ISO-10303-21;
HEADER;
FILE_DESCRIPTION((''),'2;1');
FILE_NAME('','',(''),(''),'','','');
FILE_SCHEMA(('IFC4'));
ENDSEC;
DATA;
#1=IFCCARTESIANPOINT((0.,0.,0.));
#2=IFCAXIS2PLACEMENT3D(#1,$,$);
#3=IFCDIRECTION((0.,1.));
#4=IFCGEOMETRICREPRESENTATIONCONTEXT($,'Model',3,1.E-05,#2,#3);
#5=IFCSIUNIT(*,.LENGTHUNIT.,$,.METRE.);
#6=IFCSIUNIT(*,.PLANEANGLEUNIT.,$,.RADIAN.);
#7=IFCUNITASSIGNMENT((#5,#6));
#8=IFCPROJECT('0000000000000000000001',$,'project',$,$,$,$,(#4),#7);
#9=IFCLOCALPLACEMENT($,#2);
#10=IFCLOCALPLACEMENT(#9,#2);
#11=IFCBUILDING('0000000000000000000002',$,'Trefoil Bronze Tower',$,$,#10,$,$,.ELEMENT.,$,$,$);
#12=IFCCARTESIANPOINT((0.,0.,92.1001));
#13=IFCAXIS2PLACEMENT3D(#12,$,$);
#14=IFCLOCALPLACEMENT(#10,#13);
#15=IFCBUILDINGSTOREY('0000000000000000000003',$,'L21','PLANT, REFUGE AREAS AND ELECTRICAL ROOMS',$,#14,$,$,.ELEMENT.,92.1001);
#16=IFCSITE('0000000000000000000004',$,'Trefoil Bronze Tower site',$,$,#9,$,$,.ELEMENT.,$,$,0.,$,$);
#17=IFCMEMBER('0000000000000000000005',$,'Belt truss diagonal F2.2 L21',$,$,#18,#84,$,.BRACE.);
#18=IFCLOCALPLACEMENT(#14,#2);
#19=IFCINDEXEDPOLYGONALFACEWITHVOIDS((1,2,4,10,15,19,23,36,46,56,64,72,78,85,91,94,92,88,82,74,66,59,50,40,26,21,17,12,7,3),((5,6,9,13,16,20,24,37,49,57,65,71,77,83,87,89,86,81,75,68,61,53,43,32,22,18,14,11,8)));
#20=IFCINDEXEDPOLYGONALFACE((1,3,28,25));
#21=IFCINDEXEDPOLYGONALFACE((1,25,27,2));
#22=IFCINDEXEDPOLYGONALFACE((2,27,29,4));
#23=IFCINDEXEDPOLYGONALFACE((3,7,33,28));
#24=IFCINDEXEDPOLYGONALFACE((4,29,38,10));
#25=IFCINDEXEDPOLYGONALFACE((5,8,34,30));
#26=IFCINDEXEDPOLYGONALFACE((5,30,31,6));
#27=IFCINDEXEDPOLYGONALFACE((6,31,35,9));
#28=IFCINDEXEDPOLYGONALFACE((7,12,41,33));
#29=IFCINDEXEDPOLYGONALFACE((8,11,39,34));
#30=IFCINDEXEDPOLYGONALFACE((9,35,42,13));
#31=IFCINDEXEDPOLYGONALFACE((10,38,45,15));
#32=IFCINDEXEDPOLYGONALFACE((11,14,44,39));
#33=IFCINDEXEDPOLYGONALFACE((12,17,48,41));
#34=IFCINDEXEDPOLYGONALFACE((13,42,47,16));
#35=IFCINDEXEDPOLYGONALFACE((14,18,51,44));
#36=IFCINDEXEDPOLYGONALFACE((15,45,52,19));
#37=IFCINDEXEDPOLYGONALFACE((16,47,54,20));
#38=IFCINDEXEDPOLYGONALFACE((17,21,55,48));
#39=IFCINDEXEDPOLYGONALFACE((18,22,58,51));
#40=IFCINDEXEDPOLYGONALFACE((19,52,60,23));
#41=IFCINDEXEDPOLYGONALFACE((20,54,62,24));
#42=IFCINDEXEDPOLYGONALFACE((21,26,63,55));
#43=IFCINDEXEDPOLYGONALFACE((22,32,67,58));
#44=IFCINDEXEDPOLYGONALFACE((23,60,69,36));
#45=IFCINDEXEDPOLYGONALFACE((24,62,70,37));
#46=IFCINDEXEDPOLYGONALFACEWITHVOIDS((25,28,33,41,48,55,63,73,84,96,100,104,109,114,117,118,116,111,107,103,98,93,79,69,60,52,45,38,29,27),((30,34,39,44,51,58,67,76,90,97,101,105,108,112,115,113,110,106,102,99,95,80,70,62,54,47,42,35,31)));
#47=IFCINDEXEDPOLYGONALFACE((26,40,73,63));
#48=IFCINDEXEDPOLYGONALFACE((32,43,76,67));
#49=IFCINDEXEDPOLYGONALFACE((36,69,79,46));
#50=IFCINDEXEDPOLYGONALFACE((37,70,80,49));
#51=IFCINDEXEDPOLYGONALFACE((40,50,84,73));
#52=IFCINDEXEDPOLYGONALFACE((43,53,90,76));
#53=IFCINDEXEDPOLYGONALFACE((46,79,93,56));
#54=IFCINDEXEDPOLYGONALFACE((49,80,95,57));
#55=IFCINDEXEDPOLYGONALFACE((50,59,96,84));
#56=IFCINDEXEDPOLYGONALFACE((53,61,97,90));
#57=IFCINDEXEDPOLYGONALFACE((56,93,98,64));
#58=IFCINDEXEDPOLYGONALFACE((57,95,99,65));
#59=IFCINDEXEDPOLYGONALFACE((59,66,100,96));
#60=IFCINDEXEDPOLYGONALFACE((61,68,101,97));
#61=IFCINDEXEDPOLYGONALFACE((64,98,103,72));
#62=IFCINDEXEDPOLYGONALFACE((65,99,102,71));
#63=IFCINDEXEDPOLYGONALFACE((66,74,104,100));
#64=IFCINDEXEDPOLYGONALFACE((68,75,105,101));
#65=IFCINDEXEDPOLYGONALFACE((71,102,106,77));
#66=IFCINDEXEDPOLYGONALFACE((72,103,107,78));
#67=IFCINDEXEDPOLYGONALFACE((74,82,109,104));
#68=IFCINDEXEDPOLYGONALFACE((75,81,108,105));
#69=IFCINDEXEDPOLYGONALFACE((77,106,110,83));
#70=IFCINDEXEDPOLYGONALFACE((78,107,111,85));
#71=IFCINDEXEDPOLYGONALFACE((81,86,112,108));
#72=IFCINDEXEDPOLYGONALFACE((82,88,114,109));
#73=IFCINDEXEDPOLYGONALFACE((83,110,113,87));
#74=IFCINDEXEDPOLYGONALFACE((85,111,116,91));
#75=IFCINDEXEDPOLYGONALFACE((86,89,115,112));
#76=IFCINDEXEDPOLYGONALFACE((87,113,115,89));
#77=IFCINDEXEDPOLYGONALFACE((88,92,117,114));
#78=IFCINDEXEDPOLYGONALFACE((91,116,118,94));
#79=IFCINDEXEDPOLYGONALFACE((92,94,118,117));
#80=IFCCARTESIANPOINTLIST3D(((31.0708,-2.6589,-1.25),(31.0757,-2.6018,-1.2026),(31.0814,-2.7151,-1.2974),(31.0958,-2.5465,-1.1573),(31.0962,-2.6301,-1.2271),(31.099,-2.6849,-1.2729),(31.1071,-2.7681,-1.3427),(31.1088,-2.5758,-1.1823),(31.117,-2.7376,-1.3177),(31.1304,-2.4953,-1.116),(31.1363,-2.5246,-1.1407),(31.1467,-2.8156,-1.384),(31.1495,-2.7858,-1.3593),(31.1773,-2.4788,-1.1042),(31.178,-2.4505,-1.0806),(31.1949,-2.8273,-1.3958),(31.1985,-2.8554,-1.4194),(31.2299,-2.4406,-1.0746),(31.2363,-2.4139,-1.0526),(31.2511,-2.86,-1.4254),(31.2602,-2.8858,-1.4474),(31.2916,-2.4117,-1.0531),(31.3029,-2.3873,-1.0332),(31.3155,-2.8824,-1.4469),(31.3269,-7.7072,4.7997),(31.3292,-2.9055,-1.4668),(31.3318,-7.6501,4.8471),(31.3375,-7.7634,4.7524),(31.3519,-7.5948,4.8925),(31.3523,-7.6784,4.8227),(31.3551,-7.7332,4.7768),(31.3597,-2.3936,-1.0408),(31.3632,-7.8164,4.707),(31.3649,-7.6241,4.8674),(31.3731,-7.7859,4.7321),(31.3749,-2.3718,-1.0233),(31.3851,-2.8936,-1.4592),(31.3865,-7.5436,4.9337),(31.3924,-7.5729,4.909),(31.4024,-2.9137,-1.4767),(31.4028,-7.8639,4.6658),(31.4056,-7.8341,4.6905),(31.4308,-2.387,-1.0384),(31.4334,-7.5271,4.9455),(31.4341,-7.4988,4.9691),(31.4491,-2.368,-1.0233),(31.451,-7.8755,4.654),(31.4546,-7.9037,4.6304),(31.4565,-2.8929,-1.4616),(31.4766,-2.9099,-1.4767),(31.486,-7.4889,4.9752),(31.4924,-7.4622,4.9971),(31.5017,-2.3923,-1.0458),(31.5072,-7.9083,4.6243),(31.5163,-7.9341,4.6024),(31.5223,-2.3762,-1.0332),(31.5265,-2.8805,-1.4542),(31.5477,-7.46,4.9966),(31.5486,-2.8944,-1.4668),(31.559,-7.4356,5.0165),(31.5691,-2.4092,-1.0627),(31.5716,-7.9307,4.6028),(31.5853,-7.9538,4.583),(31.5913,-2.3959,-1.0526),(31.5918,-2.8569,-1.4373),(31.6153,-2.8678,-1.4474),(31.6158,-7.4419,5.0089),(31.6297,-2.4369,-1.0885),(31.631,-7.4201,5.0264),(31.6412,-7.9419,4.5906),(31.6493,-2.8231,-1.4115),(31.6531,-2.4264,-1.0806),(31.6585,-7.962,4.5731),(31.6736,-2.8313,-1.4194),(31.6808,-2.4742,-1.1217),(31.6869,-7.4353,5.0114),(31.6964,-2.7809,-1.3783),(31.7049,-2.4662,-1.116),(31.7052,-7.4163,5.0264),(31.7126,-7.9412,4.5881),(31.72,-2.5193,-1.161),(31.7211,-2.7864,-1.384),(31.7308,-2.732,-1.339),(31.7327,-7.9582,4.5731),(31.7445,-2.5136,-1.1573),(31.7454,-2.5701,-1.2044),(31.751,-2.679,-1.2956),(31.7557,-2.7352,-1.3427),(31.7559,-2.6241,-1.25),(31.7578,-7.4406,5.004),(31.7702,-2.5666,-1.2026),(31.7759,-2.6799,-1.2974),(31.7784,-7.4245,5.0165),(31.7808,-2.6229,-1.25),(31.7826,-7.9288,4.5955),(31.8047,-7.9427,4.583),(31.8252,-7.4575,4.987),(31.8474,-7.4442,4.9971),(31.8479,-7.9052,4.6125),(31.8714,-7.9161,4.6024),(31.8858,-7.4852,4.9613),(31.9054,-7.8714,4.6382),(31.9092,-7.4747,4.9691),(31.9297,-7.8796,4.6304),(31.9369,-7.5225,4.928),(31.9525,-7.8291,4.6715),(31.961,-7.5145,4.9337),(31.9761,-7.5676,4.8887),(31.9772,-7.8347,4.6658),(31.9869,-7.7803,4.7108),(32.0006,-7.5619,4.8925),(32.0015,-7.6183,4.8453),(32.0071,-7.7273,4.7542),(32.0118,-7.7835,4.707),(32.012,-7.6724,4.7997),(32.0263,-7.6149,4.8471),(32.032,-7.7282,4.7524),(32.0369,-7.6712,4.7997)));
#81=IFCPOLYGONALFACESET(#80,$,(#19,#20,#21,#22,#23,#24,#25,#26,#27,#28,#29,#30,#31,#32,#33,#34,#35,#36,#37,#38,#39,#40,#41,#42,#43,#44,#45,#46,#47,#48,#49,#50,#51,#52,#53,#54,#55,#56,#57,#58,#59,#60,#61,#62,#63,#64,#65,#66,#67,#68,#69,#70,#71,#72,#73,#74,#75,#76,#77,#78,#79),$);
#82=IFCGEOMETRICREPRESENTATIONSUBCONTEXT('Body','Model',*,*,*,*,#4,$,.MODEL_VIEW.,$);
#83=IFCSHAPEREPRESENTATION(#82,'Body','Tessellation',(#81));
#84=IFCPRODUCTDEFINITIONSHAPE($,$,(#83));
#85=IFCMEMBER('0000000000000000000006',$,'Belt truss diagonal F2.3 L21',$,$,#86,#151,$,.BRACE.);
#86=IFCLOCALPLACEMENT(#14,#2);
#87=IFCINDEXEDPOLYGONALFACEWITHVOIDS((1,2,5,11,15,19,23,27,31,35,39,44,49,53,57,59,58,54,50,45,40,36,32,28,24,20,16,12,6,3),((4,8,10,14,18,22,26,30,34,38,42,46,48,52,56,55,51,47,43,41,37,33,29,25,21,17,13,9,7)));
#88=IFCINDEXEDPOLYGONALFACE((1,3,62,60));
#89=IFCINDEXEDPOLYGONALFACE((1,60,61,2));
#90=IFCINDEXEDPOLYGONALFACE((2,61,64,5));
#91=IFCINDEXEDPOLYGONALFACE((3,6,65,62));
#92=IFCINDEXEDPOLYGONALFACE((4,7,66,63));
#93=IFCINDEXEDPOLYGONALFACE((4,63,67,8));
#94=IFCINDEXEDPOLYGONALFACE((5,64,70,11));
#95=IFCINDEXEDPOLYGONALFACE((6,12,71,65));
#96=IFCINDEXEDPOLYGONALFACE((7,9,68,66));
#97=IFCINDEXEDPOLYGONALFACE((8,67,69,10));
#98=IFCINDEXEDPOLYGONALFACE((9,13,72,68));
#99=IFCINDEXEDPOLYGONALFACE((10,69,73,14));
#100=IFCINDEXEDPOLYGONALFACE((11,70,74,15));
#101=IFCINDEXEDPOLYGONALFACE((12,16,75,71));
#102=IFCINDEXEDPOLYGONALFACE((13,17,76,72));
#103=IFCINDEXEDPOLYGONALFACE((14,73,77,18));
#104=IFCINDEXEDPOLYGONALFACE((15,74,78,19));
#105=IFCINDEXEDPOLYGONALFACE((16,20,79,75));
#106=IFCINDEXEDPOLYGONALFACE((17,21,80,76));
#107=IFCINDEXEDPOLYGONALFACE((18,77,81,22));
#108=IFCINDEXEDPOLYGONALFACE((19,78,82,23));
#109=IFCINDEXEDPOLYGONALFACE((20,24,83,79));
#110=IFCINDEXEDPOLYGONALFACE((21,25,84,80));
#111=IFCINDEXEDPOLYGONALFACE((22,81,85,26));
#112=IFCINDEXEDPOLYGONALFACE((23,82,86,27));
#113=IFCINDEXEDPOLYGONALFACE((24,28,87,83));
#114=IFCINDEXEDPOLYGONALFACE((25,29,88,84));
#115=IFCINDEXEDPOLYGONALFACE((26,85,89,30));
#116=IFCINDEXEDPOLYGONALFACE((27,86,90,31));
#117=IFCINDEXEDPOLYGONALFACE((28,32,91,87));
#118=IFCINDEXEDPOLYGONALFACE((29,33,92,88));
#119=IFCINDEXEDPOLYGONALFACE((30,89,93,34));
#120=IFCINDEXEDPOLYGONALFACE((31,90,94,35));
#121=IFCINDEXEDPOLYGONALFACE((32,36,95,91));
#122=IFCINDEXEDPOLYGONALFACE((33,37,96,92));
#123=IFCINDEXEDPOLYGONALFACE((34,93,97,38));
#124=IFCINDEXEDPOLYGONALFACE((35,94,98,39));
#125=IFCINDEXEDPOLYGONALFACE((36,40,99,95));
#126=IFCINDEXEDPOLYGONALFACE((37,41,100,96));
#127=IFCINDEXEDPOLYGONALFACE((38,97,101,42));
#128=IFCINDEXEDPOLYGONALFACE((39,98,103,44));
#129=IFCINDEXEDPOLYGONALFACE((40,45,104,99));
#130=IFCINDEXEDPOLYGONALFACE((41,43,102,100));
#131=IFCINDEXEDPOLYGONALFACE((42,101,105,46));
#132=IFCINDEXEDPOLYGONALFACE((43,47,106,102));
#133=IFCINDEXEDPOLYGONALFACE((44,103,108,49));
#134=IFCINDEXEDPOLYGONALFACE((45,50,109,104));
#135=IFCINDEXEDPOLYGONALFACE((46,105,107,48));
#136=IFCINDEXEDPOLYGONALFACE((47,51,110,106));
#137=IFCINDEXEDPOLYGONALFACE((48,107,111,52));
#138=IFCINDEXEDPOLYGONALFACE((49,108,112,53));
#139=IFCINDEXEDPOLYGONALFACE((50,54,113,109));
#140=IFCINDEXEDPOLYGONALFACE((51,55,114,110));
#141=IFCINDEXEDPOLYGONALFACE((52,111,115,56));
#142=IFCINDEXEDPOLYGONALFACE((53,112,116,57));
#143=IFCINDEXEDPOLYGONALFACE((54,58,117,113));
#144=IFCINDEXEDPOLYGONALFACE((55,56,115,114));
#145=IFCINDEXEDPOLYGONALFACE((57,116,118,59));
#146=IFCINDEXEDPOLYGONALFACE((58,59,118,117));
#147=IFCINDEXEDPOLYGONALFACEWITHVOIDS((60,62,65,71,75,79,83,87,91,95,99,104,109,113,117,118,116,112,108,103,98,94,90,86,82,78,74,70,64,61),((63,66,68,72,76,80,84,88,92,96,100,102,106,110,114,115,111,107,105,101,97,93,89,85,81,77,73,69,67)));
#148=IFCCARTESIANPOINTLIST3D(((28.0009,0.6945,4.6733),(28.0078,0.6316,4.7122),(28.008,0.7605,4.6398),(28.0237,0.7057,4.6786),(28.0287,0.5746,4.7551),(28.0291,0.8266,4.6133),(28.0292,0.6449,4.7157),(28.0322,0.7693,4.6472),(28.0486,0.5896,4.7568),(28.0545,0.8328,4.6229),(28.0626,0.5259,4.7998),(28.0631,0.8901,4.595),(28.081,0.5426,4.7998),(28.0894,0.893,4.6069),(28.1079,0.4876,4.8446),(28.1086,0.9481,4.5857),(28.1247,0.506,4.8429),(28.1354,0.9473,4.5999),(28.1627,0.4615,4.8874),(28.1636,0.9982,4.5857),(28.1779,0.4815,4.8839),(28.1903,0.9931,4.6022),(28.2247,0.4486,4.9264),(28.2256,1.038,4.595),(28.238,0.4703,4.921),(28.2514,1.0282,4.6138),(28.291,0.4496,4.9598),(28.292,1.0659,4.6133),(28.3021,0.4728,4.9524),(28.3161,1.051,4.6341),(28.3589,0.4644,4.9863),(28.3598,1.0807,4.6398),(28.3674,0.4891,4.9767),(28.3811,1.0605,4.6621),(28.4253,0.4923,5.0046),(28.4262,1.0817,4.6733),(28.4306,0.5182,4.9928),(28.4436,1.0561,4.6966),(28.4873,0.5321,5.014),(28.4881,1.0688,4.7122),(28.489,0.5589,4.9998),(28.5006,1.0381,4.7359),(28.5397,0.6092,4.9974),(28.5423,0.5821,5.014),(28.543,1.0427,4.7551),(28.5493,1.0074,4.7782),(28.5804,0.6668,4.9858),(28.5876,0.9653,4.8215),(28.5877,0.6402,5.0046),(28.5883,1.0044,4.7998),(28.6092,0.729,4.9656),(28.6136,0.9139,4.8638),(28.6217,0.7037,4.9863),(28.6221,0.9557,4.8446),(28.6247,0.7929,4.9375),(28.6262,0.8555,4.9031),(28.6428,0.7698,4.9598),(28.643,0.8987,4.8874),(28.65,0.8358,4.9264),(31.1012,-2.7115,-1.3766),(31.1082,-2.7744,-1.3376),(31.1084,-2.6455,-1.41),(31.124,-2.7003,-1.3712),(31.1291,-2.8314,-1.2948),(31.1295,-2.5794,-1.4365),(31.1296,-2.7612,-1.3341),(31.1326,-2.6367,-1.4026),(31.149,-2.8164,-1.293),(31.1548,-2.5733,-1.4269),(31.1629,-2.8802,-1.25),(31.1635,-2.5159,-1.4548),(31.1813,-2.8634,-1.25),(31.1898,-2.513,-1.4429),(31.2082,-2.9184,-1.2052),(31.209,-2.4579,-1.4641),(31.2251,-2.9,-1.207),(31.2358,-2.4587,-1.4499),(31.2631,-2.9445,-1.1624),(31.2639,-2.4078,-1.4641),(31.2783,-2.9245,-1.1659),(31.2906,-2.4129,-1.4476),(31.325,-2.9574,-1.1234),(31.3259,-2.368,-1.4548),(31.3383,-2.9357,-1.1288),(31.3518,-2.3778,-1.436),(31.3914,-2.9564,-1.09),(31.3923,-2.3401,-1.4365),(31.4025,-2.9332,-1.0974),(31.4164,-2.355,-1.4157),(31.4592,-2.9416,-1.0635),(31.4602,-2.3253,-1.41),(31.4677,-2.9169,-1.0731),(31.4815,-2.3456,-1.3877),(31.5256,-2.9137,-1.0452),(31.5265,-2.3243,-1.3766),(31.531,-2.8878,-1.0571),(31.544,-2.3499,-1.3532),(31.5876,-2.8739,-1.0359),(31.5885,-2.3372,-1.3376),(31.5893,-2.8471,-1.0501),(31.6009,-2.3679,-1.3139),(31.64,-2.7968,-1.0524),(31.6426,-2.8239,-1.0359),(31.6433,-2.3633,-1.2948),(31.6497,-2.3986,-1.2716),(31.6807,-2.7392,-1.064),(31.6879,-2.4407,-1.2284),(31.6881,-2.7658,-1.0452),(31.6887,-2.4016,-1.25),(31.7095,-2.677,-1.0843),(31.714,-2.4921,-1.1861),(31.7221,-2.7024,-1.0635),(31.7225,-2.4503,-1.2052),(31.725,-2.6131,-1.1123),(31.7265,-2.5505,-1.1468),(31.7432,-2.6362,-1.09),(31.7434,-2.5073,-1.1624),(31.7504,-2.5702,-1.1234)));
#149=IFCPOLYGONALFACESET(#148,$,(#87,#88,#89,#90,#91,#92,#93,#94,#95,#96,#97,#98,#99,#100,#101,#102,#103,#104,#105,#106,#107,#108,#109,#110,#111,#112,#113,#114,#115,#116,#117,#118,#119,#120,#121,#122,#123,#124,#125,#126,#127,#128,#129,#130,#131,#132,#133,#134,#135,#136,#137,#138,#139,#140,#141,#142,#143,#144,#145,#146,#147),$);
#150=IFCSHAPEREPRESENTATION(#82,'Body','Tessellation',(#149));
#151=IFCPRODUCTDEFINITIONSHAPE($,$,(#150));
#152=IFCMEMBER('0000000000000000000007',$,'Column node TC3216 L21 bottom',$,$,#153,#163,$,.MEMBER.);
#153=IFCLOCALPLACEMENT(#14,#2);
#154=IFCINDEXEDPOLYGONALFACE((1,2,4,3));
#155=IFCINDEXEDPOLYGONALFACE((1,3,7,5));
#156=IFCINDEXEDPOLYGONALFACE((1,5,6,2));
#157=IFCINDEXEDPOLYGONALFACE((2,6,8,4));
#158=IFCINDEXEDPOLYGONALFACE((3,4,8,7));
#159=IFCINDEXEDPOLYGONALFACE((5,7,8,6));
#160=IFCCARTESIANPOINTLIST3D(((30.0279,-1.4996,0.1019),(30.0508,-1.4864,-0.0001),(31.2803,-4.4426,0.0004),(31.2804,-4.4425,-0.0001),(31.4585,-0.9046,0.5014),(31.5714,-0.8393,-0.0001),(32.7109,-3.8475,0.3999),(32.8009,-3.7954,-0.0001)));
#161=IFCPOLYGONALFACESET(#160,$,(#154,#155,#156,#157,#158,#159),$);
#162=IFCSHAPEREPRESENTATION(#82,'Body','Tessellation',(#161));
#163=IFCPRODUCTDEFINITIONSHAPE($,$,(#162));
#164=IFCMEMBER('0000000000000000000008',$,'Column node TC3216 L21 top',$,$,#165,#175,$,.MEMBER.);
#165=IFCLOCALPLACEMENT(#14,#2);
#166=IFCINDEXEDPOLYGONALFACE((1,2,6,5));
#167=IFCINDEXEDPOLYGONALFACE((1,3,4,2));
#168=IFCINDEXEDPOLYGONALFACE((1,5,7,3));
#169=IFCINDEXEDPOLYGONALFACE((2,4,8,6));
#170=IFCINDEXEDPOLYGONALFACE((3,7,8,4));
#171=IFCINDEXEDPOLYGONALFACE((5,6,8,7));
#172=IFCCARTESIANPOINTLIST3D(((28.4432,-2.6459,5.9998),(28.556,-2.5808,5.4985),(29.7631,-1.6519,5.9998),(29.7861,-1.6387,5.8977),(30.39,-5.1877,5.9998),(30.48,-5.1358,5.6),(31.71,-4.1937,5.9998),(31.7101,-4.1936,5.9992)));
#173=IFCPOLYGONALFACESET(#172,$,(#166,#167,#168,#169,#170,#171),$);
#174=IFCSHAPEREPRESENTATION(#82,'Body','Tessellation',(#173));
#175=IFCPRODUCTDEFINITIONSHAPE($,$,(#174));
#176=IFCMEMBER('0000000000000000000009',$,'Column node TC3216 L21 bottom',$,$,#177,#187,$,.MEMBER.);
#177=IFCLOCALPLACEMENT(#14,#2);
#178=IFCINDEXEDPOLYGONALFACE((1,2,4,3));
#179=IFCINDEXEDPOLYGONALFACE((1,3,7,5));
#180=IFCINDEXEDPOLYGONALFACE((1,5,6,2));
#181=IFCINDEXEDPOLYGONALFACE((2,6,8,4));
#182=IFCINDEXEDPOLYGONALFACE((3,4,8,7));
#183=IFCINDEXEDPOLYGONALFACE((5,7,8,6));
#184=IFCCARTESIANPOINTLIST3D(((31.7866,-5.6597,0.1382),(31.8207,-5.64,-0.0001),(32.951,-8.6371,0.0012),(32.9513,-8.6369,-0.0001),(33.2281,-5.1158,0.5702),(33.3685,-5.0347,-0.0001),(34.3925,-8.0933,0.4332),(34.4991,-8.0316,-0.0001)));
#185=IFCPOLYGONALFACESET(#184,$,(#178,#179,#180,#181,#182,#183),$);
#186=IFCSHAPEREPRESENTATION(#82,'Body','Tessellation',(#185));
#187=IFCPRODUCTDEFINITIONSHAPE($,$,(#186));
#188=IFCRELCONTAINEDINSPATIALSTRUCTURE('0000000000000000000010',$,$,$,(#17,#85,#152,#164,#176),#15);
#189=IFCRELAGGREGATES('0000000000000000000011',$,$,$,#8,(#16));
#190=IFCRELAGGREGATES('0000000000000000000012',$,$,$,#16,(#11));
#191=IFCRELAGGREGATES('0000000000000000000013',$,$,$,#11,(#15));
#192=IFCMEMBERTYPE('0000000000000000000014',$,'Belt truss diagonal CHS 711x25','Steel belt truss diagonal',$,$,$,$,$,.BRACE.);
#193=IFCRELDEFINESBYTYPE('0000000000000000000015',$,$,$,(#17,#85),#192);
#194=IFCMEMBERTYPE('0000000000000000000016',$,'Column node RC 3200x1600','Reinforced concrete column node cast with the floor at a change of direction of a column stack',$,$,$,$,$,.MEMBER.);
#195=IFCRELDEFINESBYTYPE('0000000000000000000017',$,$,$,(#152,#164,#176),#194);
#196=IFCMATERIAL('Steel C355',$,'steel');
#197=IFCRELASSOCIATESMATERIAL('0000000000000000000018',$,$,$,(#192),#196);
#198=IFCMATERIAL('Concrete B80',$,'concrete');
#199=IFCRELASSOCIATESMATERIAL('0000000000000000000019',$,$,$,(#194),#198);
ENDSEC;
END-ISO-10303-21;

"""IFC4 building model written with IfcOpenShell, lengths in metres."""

from ifc_helpers import new_model, si_unit, direction, frame, origin, origin_2d, place, context, subcontext, project, spatial, rectangle, hollow_circle, extrude, clip, halfspace, material, material_profile, profile_set, type_object, element, save


model = new_model("IFC4")

# Units and contexts
model_context = context("Model", 3, precision=1e-05, world=origin(), true_north=direction((0.0, 1.0)))
body_context = subcontext(model_context, "Body", "Model", "MODEL_VIEW")
ifc_project = project(units=[si_unit("LENGTHUNIT", "METRE"), si_unit("PLANEANGLEUNIT", "RADIAN")], contexts=[model_context])

# Site, building, storey
site_placement = place(None, origin())
site = spatial("IfcSite", under=ifc_project, at=site_placement, Name="Trefoil Bronze Tower site", CompositionType="ELEMENT", RefElevation=0.0)
building_placement = place(site_placement, origin())
building = spatial("IfcBuilding", under=site, at=building_placement, Name="Trefoil Bronze Tower", CompositionType="ELEMENT")
storey_placement = place(building_placement, frame((0.0, 0.0, 92.1001)))
storey = spatial("IfcBuildingStorey", under=building, at=storey_placement, Name="L21", Description="PLANT, REFUGE AREAS AND ELECTRICAL ROOMS", CompositionType="ELEMENT", Elevation=92.1001)

# Members
ifc_material_1 = material(Name="Steel C355", Category="steel")
ifc_material_profile_1 = material_profile(ifc_material_1, hollow_circle(Radius=0.3555, WallThickness=0.0249, at=origin_2d()), Name="CHS 711x25")
ifc_profile_set_1 = profile_set([ifc_material_profile_1], Name="Steel C355")
member_type_1 = type_object("IfcMemberType", Name="Belt truss diagonal CHS 711x25", Description="Steel belt truss diagonal", PredefinedType="BRACE", material=ifc_profile_set_1)
member_1_placement = place(storey_placement, frame((31.4258, -2.6409, -1.25), z_axis=(0.032486, -0.640358, 0.767389), x_axis=(0.998716, 0.050665, 0.0)))
element("IfcMember", 1, at=member_1_placement, inside=storey, type_object=member_type_1, Name="Belt truss diagonal F2.2 L21", PredefinedType="BRACE", context=body_context, shape_type="SweptSolid", body=[
    extrude(hollow_circle(Radius=0.3555, WallThickness=0.0249, at=origin_2d()), origin(), (0.0, 0.0, 1.0), 7.8835),
])
member_2_placement = place(storey_placement, frame((31.4258, -2.6409, -1.25), z_axis=(-0.407752, 0.447953, 0.795661), x_axis=(-0.739511, -0.673145, 0.0)))
element("IfcMember", 2, at=member_2_placement, inside=storey, type_object=member_type_1, Name="Belt truss diagonal F2.3 L21", PredefinedType="BRACE", context=body_context, shape_type="SweptSolid", body=[
    extrude(hollow_circle(Radius=0.3555, WallThickness=0.0249, at=origin_2d()), origin(), (0.0, 0.0, 1.0), 7.6035),
])
ifc_material_2 = material(Name="Concrete B80", Category="concrete")
ifc_material_profile_2 = material_profile(ifc_material_2, rectangle(XDim=3.2, YDim=1.6001, at=origin_2d()), Name="RC 3200x1600")
ifc_profile_set_2 = profile_set([ifc_material_profile_2], Name="Concrete B80")
member_type_2 = type_object("IfcMemberType", Name="Column node RC 3200x1600", Description="Reinforced concrete column node cast with the floor at a change of direction of a column stack", PredefinedType="MEMBER", material=ifc_profile_set_2)
member_3_placement = place(storey_placement, frame((31.4824, -2.6082, -0.2512), z_axis=(-0.217839, -0.126092, 0.967805), x_axis=(-0.391394, 0.919676, 0.031725)))
element("IfcMember", 3, at=member_3_placement, inside=storey, type_object=member_type_2, Name="Column node TC3216 L21 bottom", PredefinedType="MEMBER", context=body_context, shape_type="Clipping", body=[
    clip(extrude(rectangle(XDim=3.2, YDim=1.6001, at=origin_2d()), origin(), (0.0, 0.0, 1.0), 0.5188), halfspace(frame((0.0, 0.0, 0.2595), z_axis=(0.031725, -0.249693, 0.967805), x_axis=(0.0, 0.968293, 0.249818)), True)),
])
member_4_placement = place(storey_placement, frame((30.02, -3.4524, 6.251), z_axis=(0.217851, 0.125629, -0.967863), x_axis=(0.601255, -0.798428, 0.031697)))
element("IfcMember", 4, at=member_4_placement, inside=storey, type_object=member_type_2, Name="Column node TC3216 L21 top", PredefinedType="MEMBER", context=body_context, shape_type="Clipping", body=[
    clip(extrude(rectangle(XDim=3.2, YDim=1.6001, at=origin_2d()), origin(), (0.0, 0.0, 1.0), 0.5188), halfspace(frame((0.0, 0.0, 0.2595), z_axis=(-0.031697, 0.249474, 0.967863), x_axis=(0.0, 0.968349, -0.249599)), True)),
])
member_5_placement = place(storey_placement, frame((33.2302, -6.7952, -0.2859), z_axis=(-0.236676, -0.136828, 0.961906), x_axis=(-0.363875, 0.930463, 0.042825)))
element("IfcMember", 5, at=member_5_placement, inside=storey, type_object=member_type_2, Name="Column node TC3216 L21 bottom", PredefinedType="MEMBER", context=body_context, shape_type="Clipping", body=[
    clip(extrude(rectangle(XDim=3.2, YDim=1.6001, at=origin_2d()), origin(), (0.0, 0.0, 1.0), 0.5942), halfspace(frame((0.0, 0.0, 0.2971), z_axis=(0.042825, -0.270006, 0.961906), x_axis=(0.0, 0.962789, 0.270254)), True)),
])

save(model, "model.ifc")
